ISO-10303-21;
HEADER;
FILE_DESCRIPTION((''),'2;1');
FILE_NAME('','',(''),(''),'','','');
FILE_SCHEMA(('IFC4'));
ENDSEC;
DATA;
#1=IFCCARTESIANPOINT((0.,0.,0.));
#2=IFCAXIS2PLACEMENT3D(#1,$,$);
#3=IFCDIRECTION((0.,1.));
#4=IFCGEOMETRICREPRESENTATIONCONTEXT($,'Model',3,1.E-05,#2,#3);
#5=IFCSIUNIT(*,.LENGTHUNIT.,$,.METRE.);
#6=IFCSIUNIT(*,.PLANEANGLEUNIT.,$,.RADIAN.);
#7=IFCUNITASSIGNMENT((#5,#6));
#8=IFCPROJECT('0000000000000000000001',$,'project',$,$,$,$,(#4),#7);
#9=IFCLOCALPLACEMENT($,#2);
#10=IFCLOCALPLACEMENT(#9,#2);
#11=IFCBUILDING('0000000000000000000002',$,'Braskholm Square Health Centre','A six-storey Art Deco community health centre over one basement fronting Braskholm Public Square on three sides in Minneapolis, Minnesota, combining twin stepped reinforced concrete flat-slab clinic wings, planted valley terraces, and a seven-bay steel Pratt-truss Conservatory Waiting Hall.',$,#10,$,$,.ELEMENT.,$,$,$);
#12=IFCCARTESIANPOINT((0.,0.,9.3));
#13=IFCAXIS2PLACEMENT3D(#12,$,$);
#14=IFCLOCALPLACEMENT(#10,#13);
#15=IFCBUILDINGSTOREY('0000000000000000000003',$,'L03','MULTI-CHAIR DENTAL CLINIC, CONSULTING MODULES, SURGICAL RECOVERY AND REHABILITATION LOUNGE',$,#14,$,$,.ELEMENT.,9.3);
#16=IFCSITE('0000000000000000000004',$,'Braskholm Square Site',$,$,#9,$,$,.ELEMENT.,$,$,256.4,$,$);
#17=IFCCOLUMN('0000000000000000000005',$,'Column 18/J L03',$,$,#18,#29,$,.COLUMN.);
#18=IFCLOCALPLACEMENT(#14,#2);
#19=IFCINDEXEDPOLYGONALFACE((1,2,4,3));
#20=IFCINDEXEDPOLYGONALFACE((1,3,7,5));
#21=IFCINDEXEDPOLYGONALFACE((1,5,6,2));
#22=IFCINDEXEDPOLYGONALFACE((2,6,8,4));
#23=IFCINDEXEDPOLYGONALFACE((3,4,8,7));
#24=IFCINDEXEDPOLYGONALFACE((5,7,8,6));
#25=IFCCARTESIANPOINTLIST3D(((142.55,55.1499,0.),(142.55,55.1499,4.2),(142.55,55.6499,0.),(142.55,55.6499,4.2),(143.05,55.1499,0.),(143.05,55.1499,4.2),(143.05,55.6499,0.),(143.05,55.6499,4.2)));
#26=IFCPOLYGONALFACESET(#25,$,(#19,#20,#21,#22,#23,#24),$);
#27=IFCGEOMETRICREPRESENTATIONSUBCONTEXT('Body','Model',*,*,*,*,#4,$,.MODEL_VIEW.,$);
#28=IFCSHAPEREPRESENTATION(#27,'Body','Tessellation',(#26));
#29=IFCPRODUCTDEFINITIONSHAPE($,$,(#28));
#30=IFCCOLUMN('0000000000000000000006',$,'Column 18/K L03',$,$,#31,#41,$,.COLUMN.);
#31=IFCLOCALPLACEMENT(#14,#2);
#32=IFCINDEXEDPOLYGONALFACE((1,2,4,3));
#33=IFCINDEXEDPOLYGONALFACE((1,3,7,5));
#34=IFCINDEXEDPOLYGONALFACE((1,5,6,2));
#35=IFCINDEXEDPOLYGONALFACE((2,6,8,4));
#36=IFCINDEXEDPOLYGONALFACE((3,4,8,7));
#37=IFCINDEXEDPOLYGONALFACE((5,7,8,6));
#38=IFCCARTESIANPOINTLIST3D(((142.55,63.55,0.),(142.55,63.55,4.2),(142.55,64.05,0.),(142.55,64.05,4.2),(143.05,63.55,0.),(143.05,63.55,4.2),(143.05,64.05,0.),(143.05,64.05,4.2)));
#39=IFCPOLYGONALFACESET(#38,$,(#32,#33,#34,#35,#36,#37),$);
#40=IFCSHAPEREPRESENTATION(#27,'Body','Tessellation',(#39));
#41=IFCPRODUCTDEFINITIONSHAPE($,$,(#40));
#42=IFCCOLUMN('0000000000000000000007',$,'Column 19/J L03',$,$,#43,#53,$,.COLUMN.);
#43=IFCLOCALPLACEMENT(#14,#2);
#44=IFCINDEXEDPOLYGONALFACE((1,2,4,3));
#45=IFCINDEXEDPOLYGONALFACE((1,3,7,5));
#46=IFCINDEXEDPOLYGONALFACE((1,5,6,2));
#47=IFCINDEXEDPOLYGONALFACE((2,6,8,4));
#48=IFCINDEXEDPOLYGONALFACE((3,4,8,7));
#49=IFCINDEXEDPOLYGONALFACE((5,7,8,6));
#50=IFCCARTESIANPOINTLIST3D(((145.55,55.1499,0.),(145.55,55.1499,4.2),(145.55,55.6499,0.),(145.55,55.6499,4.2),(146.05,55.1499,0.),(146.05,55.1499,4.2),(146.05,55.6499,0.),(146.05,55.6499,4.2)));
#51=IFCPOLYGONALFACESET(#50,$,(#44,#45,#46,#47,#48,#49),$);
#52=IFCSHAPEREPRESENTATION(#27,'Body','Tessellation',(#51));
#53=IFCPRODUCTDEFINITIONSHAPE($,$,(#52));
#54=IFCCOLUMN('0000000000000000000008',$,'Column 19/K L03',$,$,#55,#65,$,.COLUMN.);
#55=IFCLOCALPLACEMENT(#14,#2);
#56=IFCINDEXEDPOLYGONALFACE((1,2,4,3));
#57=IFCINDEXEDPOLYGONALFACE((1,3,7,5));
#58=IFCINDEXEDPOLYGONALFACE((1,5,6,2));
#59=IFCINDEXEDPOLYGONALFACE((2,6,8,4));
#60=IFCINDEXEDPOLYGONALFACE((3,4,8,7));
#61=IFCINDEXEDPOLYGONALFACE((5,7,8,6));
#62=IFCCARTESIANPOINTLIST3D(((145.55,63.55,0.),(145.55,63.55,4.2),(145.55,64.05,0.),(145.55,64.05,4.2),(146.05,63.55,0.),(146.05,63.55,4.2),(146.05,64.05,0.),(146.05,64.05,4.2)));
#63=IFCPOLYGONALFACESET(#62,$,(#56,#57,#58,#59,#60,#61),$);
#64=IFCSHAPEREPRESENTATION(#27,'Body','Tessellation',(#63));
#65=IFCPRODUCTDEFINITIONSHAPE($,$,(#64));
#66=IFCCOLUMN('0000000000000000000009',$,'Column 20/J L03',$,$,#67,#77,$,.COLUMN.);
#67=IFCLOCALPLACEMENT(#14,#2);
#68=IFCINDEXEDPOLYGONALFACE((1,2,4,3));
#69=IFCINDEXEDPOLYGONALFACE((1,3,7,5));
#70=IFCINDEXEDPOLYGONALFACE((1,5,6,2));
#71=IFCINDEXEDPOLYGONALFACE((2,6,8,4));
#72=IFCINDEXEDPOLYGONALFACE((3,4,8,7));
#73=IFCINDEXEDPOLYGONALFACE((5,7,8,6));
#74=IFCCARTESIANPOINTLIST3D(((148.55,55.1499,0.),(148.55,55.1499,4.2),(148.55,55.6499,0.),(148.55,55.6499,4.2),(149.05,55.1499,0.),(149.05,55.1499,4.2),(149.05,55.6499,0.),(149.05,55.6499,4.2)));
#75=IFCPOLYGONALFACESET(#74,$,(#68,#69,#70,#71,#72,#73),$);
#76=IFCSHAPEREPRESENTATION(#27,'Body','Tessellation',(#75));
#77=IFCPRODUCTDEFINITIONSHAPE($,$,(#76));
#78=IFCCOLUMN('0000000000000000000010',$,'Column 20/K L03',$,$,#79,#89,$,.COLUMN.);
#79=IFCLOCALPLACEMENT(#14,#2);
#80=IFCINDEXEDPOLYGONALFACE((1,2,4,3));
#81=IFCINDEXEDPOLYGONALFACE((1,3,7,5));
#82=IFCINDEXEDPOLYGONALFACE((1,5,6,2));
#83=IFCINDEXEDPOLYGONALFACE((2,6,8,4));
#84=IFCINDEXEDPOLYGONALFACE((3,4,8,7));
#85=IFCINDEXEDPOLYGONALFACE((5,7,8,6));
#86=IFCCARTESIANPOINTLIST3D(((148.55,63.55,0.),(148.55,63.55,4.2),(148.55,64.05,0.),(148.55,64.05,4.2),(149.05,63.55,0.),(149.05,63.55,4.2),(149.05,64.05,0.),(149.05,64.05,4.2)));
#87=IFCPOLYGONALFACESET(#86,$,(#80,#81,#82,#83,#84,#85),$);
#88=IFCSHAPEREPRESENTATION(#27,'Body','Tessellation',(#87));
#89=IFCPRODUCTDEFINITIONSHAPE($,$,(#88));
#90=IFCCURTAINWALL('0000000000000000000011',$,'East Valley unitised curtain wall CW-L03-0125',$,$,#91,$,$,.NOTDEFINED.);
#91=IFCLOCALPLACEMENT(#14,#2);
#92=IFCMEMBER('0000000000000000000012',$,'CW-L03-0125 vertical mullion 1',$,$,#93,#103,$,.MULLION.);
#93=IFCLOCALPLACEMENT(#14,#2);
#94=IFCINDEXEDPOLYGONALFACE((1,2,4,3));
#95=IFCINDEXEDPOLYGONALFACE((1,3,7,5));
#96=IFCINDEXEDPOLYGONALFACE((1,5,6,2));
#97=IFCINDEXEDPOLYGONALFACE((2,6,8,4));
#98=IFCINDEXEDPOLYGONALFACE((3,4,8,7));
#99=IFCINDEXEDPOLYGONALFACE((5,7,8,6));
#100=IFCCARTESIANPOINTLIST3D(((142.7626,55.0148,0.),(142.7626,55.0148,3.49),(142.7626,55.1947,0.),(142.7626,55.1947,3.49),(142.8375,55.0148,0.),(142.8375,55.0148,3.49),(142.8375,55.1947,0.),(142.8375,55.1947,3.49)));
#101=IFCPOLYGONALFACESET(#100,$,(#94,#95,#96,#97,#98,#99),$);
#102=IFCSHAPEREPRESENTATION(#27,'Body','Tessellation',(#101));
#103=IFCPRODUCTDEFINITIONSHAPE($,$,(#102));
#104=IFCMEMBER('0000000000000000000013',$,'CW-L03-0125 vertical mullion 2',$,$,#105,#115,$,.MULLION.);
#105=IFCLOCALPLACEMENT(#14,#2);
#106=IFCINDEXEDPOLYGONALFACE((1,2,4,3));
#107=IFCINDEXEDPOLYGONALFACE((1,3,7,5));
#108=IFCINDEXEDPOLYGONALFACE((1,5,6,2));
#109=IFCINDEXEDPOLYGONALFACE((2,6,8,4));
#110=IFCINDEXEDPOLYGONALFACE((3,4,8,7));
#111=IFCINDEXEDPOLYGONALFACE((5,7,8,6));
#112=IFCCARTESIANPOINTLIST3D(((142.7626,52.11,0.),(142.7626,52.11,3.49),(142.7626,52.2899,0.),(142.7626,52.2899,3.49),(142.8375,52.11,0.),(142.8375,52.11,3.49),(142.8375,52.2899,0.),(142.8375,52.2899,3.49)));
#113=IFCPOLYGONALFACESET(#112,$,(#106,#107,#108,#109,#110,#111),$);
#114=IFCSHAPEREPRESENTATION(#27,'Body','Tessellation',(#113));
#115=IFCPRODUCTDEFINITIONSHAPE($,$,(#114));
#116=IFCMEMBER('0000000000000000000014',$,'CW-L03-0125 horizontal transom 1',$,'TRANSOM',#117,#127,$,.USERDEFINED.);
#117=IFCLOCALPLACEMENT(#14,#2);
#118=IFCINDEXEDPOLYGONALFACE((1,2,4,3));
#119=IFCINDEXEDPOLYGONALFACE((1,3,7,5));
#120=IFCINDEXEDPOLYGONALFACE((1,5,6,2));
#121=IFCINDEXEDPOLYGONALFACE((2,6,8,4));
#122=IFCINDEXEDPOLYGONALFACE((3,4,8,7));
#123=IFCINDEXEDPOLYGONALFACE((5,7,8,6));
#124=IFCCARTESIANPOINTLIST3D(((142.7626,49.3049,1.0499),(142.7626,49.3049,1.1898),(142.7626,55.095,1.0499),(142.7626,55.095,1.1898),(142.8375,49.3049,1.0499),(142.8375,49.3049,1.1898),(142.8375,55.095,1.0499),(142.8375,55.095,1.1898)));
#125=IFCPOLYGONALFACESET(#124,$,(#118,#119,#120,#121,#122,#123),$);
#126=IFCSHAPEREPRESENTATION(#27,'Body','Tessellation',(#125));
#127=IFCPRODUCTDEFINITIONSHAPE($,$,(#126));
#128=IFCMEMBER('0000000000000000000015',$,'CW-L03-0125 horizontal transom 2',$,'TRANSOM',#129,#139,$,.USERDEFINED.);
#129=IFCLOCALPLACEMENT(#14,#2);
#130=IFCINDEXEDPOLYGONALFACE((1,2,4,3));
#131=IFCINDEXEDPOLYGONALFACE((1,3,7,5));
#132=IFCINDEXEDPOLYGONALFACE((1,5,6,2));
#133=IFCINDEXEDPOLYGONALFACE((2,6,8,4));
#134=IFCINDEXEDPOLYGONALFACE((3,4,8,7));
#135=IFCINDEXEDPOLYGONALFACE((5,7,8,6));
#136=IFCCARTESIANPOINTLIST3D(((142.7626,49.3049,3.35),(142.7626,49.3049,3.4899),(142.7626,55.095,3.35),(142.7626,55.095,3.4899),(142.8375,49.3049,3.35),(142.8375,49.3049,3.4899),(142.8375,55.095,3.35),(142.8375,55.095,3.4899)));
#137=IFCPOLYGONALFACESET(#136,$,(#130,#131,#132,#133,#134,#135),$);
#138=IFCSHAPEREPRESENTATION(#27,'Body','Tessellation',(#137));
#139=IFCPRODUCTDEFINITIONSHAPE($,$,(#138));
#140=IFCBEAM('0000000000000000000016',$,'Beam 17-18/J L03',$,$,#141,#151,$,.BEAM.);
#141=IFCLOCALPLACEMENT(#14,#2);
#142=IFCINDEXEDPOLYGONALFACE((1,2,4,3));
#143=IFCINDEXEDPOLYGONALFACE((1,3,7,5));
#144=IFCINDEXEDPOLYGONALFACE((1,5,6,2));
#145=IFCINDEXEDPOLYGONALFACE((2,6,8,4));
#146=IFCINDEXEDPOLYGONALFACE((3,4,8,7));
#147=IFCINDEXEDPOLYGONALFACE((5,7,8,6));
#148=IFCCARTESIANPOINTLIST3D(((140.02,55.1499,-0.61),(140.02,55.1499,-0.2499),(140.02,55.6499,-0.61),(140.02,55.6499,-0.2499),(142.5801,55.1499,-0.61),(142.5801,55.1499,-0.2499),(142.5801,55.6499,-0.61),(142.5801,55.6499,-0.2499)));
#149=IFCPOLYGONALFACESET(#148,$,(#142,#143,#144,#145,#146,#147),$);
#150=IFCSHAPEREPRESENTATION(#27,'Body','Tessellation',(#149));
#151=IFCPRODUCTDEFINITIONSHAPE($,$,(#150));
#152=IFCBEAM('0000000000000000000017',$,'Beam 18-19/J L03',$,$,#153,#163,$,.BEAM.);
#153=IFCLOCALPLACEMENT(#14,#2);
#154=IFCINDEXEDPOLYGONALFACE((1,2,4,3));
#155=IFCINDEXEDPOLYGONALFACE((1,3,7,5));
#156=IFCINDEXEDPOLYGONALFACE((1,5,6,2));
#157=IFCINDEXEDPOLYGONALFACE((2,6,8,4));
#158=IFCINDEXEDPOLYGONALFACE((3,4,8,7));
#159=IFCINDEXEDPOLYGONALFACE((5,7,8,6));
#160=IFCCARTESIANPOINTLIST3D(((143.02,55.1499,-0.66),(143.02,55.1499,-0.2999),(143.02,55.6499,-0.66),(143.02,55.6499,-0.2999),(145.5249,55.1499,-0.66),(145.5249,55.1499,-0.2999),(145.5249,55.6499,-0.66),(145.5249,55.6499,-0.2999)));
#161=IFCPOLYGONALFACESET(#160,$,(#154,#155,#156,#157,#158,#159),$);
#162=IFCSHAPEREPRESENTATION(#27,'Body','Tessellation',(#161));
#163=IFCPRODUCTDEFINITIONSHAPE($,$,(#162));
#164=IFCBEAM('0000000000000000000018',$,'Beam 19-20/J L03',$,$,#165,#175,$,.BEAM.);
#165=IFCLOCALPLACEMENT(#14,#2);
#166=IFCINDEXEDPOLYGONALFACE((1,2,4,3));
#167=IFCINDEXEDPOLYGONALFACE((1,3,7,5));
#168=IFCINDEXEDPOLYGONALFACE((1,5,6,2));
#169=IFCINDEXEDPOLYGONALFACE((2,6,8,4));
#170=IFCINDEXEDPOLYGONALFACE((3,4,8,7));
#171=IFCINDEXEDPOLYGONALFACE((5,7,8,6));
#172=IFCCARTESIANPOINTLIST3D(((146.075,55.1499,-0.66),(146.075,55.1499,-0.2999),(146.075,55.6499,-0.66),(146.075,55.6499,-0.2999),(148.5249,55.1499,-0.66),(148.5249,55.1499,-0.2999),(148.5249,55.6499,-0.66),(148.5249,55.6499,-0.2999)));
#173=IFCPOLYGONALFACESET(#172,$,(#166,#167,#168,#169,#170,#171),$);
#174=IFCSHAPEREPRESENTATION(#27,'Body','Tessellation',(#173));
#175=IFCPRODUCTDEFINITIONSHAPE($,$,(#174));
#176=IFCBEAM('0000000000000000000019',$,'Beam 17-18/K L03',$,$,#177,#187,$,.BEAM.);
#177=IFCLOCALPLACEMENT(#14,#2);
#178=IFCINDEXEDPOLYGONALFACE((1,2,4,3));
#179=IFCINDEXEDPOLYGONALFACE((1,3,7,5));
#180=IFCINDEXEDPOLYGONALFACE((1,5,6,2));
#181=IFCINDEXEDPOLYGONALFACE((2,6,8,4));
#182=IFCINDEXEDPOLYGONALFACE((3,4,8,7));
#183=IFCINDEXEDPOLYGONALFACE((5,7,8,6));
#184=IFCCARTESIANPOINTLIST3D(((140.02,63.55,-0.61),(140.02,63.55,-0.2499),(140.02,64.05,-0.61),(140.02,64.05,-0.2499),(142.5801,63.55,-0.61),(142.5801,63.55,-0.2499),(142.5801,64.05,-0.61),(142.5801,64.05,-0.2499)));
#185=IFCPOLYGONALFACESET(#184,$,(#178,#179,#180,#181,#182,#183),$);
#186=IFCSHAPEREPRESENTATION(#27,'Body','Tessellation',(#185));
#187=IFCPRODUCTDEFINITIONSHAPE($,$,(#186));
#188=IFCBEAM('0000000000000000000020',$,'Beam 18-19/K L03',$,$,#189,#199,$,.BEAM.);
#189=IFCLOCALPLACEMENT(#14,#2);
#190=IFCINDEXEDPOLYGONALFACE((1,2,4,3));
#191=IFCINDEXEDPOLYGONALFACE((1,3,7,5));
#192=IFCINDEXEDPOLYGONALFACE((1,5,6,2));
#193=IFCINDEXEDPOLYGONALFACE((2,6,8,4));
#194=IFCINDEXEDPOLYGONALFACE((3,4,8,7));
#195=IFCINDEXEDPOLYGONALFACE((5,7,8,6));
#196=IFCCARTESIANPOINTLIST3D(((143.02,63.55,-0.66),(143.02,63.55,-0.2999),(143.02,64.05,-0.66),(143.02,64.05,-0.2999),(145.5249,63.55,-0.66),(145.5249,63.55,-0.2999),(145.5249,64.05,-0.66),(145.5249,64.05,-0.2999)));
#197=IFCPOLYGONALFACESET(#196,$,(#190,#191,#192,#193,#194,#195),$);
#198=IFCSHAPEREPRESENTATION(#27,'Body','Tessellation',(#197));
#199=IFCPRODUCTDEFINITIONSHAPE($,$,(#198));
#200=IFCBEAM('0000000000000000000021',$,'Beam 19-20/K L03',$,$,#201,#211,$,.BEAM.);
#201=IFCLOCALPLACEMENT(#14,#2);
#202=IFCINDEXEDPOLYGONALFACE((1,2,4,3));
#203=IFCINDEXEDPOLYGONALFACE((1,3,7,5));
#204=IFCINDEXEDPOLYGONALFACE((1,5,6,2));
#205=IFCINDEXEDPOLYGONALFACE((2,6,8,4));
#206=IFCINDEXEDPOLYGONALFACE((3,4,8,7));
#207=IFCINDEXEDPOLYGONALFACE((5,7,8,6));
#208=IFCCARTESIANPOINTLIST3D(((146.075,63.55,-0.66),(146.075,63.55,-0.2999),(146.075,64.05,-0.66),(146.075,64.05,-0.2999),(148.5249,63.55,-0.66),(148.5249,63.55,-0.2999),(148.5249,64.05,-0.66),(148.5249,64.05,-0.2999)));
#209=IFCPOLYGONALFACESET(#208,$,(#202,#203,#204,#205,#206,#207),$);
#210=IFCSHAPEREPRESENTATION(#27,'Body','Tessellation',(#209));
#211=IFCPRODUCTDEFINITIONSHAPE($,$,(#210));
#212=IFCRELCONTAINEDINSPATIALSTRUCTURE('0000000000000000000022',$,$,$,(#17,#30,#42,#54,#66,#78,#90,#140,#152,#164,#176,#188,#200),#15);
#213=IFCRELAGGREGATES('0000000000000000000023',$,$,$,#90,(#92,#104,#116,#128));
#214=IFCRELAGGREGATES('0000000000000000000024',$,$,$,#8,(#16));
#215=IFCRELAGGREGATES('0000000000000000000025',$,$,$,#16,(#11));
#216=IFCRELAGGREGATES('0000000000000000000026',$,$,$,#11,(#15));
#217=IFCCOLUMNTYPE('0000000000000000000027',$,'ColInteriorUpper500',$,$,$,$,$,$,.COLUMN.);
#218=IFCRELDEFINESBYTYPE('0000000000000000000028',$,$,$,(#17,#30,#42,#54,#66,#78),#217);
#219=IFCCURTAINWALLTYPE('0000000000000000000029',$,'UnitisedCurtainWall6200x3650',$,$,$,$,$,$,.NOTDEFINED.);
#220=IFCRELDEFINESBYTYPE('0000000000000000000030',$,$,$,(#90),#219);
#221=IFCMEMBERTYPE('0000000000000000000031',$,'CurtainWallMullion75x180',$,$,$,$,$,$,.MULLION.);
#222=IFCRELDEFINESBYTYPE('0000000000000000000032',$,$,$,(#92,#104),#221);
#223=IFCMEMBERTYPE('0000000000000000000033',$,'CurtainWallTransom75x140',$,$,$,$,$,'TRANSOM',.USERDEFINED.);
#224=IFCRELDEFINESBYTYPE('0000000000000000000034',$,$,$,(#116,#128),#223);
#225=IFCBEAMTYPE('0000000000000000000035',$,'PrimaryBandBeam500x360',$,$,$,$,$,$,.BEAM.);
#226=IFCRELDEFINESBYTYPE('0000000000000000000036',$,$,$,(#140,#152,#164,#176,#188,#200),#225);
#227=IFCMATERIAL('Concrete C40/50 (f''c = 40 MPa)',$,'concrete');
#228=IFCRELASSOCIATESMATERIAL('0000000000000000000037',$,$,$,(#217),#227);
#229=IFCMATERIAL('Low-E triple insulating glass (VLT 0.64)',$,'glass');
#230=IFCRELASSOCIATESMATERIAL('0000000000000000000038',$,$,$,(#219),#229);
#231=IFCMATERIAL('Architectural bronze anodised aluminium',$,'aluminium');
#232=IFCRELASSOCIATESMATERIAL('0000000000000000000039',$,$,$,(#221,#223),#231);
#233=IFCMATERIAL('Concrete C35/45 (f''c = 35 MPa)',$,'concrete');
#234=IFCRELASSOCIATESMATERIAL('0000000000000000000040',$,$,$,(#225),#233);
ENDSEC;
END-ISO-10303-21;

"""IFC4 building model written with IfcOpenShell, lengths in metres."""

from ifc_helpers import new_model, si_unit, direction, frame, origin, origin_2d, place, context, subcontext, project, spatial, rectangle, extrude, material, material_profile, profile_set, type_object, element, aggregate, save


model = new_model("IFC4")

# Units and contexts
model_context = context("Model", 3, precision=1e-05, world=origin(), true_north=direction((0.0, 1.0)))
body_context = subcontext(model_context, "Body", "Model", "MODEL_VIEW")
ifc_project = project(units=[si_unit("LENGTHUNIT", "METRE"), si_unit("PLANEANGLEUNIT", "RADIAN")], contexts=[model_context])

# Site, building, storey
site_placement = place(None, origin())
site = spatial("IfcSite", under=ifc_project, at=site_placement, Name="Braskholm Square Site", CompositionType="ELEMENT", RefElevation=256.4)
building_placement = place(site_placement, origin())
building = spatial("IfcBuilding", under=site, at=building_placement, Name="Braskholm Square Health Centre", Description="A six-storey Art Deco community health centre over one basement fronting Braskholm Public Square on three sides in Minneapolis, Minnesota, combining twin stepped reinforced concrete flat-slab clinic wings, planted valley terraces, and a seven-bay steel Pratt-truss Conservatory Waiting Hall.", CompositionType="ELEMENT")
storey_placement = place(building_placement, frame((0.0, 0.0, 9.3)))
storey = spatial("IfcBuildingStorey", under=building, at=storey_placement, Name="L03", Description="MULTI-CHAIR DENTAL CLINIC, CONSULTING MODULES, SURGICAL RECOVERY AND REHABILITATION LOUNGE", CompositionType="ELEMENT", Elevation=9.3)

# Columns
ifc_material_1 = material(Name="Concrete C40/50 (f'c = 40 MPa)", Category="concrete")
ifc_material_profile_1 = material_profile(ifc_material_1, rectangle(XDim=0.5, YDim=0.5, at=origin_2d()), Name="RC-500X500")
ifc_profile_set_1 = profile_set([ifc_material_profile_1], Name="Concrete C40/50 (f'c = 40 MPa)")
column_type = type_object("IfcColumnType", Name="ColInteriorUpper500", PredefinedType="COLUMN", material=ifc_profile_set_1)
for number, where, z_axis, x_axis, name in (
    (1, (142.8, 55.3999, 0.0), (0.0, 0.0, 1.0), (1.0, 0.0, 0.0), "Column 18/J L03"),
    (2, (142.8, 63.8, 0.0), (0.0, 0.0, 1.0), (1.0, 0.0, 0.0), "Column 18/K L03"),
    (3, (145.8, 55.3999, 0.0), (0.0, 0.0, 1.0), (1.0, 0.0, 0.0), "Column 19/J L03"),
    (4, (145.8, 63.8, 0.0), (0.0, 0.0, 1.0), (1.0, 0.0, 0.0), "Column 19/K L03"),
    (5, (148.8, 55.3999, 0.0), (0.0, 0.0, 1.0), (1.0, 0.0, 0.0), "Column 20/J L03"),
    (6, (148.8, 63.8, 0.0), (0.0, 0.0, 1.0), (1.0, 0.0, 0.0), "Column 20/K L03"),
):
    element("IfcColumn", number, at=place(storey_placement, frame(where, z_axis=z_axis, x_axis=x_axis)), inside=storey, type_object=column_type, Name=name, PredefinedType="COLUMN", context=body_context, shape_type="SweptSolid", body=[
        extrude(rectangle(XDim=0.5, YDim=0.5, at=origin_2d()), origin(), (0.0, 0.0, 1.0), 4.2),
    ])

# Curtain wall, members
ifc_material_2 = material(Name="Low-E triple insulating glass (VLT 0.64)", Category="glass")
curtain_wall_type = type_object("IfcCurtainWallType", Name="UnitisedCurtainWall6200x3650", PredefinedType="NOTDEFINED", material=ifc_material_2)
curtain_wall_placement = place(storey_placement, origin())
curtain_wall = element("IfcCurtainWall", 7, at=curtain_wall_placement, inside=storey, type_object=curtain_wall_type, Name="East Valley unitised curtain wall CW-L03-0125", PredefinedType="NOTDEFINED")
ifc_material_3 = material(Name="Architectural bronze anodised aluminium", Category="aluminium")
ifc_material_profile_2 = material_profile(ifc_material_3, rectangle(XDim=0.075, YDim=0.1799, at=origin_2d()), Name="ALU-75X180")
ifc_profile_set_2 = profile_set([ifc_material_profile_2], Name="Architectural bronze anodised aluminium")
member_type_1 = type_object("IfcMemberType", Name="CurtainWallMullion75x180", PredefinedType="MULLION", material=ifc_profile_set_2)
member_1_placement = place(storey_placement, frame((142.8, 55.1047, 0.0), z_axis=(0.0, 0.0, 1.0), x_axis=(1.0, 0.0, 0.0)))
member_1 = element("IfcMember", 8, at=member_1_placement, type_object=member_type_1, Name="CW-L03-0125 vertical mullion 1", PredefinedType="MULLION", context=body_context, shape_type="SweptSolid", body=[
    extrude(rectangle(XDim=0.075, YDim=0.1799, at=origin_2d()), origin(), (0.0, 0.0, 1.0), 3.49),
])
member_2_placement = place(storey_placement, frame((142.8, 52.2, 0.0), z_axis=(0.0, 0.0, 1.0), x_axis=(1.0, 0.0, 0.0)))
member_2 = element("IfcMember", 9, at=member_2_placement, type_object=member_type_1, Name="CW-L03-0125 vertical mullion 2", PredefinedType="MULLION", context=body_context, shape_type="SweptSolid", body=[
    extrude(rectangle(XDim=0.075, YDim=0.1799, at=origin_2d()), origin(), (0.0, 0.0, 1.0), 3.49),
])
ifc_material_profile_3 = material_profile(ifc_material_3, rectangle(XDim=0.075, YDim=0.1399, at=origin_2d()), Name="ALU-75X140")
ifc_profile_set_3 = profile_set([ifc_material_profile_3], Name="Architectural bronze anodised aluminium")
member_type_2 = type_object("IfcMemberType", Name="CurtainWallTransom75x140", ElementType="TRANSOM", PredefinedType="USERDEFINED", material=ifc_profile_set_3)
member_3_placement = place(storey_placement, frame((142.8, 55.095, 1.1199), z_axis=(0.0, -1.0, 0.0), x_axis=(1.0, 0.0, 0.0)))
member_3 = element("IfcMember", 10, at=member_3_placement, type_object=member_type_2, Name="CW-L03-0125 horizontal transom 1", ObjectType="TRANSOM", PredefinedType="USERDEFINED", context=body_context, shape_type="SweptSolid", body=[
    extrude(rectangle(XDim=0.075, YDim=0.1399, at=origin_2d()), origin(), (0.0, 0.0, 1.0), 5.79),
])
member_4_placement = place(storey_placement, frame((142.8, 55.095, 3.4199), z_axis=(0.0, -1.0, 0.0), x_axis=(1.0, 0.0, 0.0)))
member_4 = element("IfcMember", 11, at=member_4_placement, type_object=member_type_2, Name="CW-L03-0125 horizontal transom 2", ObjectType="TRANSOM", PredefinedType="USERDEFINED", context=body_context, shape_type="SweptSolid", body=[
    extrude(rectangle(XDim=0.075, YDim=0.1399, at=origin_2d()), origin(), (0.0, 0.0, 1.0), 5.79),
])

# Beams
ifc_material_4 = material(Name="Concrete C35/45 (f'c = 35 MPa)", Category="concrete")
ifc_material_profile_4 = material_profile(ifc_material_4, rectangle(XDim=0.5, YDim=0.3601, at=origin_2d()), Name="RCB-500X360")
ifc_profile_set_4 = profile_set([ifc_material_profile_4], Name="Concrete C35/45 (f'c = 35 MPa)")
beam_type_1 = type_object("IfcBeamType", Name="PrimaryBandBeam500x360", PredefinedType="BEAM", material=ifc_profile_set_4)
beam_1_placement = place(storey_placement, frame((140.02, 55.3999, -0.4299), z_axis=(1.0, 0.0, 0.0), x_axis=(0.0, 1.0, 0.0)))
element("IfcBeam", 12, at=beam_1_placement, inside=storey, type_object=beam_type_1, Name="Beam 17-18/J L03", PredefinedType="BEAM", context=body_context, shape_type="SweptSolid", body=[
    extrude(rectangle(XDim=0.5, YDim=0.3601, at=origin_2d()), origin(), (0.0, 0.0, 1.0), 2.5601),
])
beam_2_placement = place(storey_placement, frame((143.02, 55.3999, -0.48), z_axis=(1.0, 0.0, 0.0), x_axis=(0.0, 1.0, 0.0)))
element("IfcBeam", 13, at=beam_2_placement, inside=storey, type_object=beam_type_1, Name="Beam 18-19/J L03", PredefinedType="BEAM", context=body_context, shape_type="SweptSolid", body=[
    extrude(rectangle(XDim=0.5, YDim=0.3601, at=origin_2d()), origin(), (0.0, 0.0, 1.0), 2.5049),
])
beam_3_placement = place(storey_placement, frame((146.075, 55.3999, -0.48), z_axis=(1.0, 0.0, 0.0), x_axis=(0.0, 1.0, 0.0)))
element("IfcBeam", 14, at=beam_3_placement, inside=storey, type_object=beam_type_1, Name="Beam 19-20/J L03", PredefinedType="BEAM", context=body_context, shape_type="SweptSolid", body=[
    extrude(rectangle(XDim=0.5, YDim=0.3601, at=origin_2d()), origin(), (0.0, 0.0, 1.0), 2.45),
])
beam_4_placement = place(storey_placement, frame((140.02, 63.8, -0.4299), z_axis=(1.0, 0.0, 0.0), x_axis=(0.0, 1.0, 0.0)))
element("IfcBeam", 15, at=beam_4_placement, inside=storey, type_object=beam_type_1, Name="Beam 17-18/K L03", PredefinedType="BEAM", context=body_context, shape_type="SweptSolid", body=[
    extrude(rectangle(XDim=0.5, YDim=0.3601, at=origin_2d()), origin(), (0.0, 0.0, 1.0), 2.5601),
])
beam_5_placement = place(storey_placement, frame((143.02, 63.8, -0.48), z_axis=(1.0, 0.0, 0.0), x_axis=(0.0, 1.0, 0.0)))
element("IfcBeam", 16, at=beam_5_placement, inside=storey, type_object=beam_type_1, Name="Beam 18-19/K L03", PredefinedType="BEAM", context=body_context, shape_type="SweptSolid", body=[
    extrude(rectangle(XDim=0.5, YDim=0.3601, at=origin_2d()), origin(), (0.0, 0.0, 1.0), 2.5049),
])
beam_6_placement = place(storey_placement, frame((146.075, 63.8, -0.48), z_axis=(1.0, 0.0, 0.0), x_axis=(0.0, 1.0, 0.0)))
element("IfcBeam", 17, at=beam_6_placement, inside=storey, type_object=beam_type_1, Name="Beam 19-20/K L03", PredefinedType="BEAM", context=body_context, shape_type="SweptSolid", body=[
    extrude(rectangle(XDim=0.5, YDim=0.3601, at=origin_2d()), origin(), (0.0, 0.0, 1.0), 2.45),
])

aggregate(curtain_wall, [member_1, member_2, member_3, member_4])

save(model, "model.ifc")
